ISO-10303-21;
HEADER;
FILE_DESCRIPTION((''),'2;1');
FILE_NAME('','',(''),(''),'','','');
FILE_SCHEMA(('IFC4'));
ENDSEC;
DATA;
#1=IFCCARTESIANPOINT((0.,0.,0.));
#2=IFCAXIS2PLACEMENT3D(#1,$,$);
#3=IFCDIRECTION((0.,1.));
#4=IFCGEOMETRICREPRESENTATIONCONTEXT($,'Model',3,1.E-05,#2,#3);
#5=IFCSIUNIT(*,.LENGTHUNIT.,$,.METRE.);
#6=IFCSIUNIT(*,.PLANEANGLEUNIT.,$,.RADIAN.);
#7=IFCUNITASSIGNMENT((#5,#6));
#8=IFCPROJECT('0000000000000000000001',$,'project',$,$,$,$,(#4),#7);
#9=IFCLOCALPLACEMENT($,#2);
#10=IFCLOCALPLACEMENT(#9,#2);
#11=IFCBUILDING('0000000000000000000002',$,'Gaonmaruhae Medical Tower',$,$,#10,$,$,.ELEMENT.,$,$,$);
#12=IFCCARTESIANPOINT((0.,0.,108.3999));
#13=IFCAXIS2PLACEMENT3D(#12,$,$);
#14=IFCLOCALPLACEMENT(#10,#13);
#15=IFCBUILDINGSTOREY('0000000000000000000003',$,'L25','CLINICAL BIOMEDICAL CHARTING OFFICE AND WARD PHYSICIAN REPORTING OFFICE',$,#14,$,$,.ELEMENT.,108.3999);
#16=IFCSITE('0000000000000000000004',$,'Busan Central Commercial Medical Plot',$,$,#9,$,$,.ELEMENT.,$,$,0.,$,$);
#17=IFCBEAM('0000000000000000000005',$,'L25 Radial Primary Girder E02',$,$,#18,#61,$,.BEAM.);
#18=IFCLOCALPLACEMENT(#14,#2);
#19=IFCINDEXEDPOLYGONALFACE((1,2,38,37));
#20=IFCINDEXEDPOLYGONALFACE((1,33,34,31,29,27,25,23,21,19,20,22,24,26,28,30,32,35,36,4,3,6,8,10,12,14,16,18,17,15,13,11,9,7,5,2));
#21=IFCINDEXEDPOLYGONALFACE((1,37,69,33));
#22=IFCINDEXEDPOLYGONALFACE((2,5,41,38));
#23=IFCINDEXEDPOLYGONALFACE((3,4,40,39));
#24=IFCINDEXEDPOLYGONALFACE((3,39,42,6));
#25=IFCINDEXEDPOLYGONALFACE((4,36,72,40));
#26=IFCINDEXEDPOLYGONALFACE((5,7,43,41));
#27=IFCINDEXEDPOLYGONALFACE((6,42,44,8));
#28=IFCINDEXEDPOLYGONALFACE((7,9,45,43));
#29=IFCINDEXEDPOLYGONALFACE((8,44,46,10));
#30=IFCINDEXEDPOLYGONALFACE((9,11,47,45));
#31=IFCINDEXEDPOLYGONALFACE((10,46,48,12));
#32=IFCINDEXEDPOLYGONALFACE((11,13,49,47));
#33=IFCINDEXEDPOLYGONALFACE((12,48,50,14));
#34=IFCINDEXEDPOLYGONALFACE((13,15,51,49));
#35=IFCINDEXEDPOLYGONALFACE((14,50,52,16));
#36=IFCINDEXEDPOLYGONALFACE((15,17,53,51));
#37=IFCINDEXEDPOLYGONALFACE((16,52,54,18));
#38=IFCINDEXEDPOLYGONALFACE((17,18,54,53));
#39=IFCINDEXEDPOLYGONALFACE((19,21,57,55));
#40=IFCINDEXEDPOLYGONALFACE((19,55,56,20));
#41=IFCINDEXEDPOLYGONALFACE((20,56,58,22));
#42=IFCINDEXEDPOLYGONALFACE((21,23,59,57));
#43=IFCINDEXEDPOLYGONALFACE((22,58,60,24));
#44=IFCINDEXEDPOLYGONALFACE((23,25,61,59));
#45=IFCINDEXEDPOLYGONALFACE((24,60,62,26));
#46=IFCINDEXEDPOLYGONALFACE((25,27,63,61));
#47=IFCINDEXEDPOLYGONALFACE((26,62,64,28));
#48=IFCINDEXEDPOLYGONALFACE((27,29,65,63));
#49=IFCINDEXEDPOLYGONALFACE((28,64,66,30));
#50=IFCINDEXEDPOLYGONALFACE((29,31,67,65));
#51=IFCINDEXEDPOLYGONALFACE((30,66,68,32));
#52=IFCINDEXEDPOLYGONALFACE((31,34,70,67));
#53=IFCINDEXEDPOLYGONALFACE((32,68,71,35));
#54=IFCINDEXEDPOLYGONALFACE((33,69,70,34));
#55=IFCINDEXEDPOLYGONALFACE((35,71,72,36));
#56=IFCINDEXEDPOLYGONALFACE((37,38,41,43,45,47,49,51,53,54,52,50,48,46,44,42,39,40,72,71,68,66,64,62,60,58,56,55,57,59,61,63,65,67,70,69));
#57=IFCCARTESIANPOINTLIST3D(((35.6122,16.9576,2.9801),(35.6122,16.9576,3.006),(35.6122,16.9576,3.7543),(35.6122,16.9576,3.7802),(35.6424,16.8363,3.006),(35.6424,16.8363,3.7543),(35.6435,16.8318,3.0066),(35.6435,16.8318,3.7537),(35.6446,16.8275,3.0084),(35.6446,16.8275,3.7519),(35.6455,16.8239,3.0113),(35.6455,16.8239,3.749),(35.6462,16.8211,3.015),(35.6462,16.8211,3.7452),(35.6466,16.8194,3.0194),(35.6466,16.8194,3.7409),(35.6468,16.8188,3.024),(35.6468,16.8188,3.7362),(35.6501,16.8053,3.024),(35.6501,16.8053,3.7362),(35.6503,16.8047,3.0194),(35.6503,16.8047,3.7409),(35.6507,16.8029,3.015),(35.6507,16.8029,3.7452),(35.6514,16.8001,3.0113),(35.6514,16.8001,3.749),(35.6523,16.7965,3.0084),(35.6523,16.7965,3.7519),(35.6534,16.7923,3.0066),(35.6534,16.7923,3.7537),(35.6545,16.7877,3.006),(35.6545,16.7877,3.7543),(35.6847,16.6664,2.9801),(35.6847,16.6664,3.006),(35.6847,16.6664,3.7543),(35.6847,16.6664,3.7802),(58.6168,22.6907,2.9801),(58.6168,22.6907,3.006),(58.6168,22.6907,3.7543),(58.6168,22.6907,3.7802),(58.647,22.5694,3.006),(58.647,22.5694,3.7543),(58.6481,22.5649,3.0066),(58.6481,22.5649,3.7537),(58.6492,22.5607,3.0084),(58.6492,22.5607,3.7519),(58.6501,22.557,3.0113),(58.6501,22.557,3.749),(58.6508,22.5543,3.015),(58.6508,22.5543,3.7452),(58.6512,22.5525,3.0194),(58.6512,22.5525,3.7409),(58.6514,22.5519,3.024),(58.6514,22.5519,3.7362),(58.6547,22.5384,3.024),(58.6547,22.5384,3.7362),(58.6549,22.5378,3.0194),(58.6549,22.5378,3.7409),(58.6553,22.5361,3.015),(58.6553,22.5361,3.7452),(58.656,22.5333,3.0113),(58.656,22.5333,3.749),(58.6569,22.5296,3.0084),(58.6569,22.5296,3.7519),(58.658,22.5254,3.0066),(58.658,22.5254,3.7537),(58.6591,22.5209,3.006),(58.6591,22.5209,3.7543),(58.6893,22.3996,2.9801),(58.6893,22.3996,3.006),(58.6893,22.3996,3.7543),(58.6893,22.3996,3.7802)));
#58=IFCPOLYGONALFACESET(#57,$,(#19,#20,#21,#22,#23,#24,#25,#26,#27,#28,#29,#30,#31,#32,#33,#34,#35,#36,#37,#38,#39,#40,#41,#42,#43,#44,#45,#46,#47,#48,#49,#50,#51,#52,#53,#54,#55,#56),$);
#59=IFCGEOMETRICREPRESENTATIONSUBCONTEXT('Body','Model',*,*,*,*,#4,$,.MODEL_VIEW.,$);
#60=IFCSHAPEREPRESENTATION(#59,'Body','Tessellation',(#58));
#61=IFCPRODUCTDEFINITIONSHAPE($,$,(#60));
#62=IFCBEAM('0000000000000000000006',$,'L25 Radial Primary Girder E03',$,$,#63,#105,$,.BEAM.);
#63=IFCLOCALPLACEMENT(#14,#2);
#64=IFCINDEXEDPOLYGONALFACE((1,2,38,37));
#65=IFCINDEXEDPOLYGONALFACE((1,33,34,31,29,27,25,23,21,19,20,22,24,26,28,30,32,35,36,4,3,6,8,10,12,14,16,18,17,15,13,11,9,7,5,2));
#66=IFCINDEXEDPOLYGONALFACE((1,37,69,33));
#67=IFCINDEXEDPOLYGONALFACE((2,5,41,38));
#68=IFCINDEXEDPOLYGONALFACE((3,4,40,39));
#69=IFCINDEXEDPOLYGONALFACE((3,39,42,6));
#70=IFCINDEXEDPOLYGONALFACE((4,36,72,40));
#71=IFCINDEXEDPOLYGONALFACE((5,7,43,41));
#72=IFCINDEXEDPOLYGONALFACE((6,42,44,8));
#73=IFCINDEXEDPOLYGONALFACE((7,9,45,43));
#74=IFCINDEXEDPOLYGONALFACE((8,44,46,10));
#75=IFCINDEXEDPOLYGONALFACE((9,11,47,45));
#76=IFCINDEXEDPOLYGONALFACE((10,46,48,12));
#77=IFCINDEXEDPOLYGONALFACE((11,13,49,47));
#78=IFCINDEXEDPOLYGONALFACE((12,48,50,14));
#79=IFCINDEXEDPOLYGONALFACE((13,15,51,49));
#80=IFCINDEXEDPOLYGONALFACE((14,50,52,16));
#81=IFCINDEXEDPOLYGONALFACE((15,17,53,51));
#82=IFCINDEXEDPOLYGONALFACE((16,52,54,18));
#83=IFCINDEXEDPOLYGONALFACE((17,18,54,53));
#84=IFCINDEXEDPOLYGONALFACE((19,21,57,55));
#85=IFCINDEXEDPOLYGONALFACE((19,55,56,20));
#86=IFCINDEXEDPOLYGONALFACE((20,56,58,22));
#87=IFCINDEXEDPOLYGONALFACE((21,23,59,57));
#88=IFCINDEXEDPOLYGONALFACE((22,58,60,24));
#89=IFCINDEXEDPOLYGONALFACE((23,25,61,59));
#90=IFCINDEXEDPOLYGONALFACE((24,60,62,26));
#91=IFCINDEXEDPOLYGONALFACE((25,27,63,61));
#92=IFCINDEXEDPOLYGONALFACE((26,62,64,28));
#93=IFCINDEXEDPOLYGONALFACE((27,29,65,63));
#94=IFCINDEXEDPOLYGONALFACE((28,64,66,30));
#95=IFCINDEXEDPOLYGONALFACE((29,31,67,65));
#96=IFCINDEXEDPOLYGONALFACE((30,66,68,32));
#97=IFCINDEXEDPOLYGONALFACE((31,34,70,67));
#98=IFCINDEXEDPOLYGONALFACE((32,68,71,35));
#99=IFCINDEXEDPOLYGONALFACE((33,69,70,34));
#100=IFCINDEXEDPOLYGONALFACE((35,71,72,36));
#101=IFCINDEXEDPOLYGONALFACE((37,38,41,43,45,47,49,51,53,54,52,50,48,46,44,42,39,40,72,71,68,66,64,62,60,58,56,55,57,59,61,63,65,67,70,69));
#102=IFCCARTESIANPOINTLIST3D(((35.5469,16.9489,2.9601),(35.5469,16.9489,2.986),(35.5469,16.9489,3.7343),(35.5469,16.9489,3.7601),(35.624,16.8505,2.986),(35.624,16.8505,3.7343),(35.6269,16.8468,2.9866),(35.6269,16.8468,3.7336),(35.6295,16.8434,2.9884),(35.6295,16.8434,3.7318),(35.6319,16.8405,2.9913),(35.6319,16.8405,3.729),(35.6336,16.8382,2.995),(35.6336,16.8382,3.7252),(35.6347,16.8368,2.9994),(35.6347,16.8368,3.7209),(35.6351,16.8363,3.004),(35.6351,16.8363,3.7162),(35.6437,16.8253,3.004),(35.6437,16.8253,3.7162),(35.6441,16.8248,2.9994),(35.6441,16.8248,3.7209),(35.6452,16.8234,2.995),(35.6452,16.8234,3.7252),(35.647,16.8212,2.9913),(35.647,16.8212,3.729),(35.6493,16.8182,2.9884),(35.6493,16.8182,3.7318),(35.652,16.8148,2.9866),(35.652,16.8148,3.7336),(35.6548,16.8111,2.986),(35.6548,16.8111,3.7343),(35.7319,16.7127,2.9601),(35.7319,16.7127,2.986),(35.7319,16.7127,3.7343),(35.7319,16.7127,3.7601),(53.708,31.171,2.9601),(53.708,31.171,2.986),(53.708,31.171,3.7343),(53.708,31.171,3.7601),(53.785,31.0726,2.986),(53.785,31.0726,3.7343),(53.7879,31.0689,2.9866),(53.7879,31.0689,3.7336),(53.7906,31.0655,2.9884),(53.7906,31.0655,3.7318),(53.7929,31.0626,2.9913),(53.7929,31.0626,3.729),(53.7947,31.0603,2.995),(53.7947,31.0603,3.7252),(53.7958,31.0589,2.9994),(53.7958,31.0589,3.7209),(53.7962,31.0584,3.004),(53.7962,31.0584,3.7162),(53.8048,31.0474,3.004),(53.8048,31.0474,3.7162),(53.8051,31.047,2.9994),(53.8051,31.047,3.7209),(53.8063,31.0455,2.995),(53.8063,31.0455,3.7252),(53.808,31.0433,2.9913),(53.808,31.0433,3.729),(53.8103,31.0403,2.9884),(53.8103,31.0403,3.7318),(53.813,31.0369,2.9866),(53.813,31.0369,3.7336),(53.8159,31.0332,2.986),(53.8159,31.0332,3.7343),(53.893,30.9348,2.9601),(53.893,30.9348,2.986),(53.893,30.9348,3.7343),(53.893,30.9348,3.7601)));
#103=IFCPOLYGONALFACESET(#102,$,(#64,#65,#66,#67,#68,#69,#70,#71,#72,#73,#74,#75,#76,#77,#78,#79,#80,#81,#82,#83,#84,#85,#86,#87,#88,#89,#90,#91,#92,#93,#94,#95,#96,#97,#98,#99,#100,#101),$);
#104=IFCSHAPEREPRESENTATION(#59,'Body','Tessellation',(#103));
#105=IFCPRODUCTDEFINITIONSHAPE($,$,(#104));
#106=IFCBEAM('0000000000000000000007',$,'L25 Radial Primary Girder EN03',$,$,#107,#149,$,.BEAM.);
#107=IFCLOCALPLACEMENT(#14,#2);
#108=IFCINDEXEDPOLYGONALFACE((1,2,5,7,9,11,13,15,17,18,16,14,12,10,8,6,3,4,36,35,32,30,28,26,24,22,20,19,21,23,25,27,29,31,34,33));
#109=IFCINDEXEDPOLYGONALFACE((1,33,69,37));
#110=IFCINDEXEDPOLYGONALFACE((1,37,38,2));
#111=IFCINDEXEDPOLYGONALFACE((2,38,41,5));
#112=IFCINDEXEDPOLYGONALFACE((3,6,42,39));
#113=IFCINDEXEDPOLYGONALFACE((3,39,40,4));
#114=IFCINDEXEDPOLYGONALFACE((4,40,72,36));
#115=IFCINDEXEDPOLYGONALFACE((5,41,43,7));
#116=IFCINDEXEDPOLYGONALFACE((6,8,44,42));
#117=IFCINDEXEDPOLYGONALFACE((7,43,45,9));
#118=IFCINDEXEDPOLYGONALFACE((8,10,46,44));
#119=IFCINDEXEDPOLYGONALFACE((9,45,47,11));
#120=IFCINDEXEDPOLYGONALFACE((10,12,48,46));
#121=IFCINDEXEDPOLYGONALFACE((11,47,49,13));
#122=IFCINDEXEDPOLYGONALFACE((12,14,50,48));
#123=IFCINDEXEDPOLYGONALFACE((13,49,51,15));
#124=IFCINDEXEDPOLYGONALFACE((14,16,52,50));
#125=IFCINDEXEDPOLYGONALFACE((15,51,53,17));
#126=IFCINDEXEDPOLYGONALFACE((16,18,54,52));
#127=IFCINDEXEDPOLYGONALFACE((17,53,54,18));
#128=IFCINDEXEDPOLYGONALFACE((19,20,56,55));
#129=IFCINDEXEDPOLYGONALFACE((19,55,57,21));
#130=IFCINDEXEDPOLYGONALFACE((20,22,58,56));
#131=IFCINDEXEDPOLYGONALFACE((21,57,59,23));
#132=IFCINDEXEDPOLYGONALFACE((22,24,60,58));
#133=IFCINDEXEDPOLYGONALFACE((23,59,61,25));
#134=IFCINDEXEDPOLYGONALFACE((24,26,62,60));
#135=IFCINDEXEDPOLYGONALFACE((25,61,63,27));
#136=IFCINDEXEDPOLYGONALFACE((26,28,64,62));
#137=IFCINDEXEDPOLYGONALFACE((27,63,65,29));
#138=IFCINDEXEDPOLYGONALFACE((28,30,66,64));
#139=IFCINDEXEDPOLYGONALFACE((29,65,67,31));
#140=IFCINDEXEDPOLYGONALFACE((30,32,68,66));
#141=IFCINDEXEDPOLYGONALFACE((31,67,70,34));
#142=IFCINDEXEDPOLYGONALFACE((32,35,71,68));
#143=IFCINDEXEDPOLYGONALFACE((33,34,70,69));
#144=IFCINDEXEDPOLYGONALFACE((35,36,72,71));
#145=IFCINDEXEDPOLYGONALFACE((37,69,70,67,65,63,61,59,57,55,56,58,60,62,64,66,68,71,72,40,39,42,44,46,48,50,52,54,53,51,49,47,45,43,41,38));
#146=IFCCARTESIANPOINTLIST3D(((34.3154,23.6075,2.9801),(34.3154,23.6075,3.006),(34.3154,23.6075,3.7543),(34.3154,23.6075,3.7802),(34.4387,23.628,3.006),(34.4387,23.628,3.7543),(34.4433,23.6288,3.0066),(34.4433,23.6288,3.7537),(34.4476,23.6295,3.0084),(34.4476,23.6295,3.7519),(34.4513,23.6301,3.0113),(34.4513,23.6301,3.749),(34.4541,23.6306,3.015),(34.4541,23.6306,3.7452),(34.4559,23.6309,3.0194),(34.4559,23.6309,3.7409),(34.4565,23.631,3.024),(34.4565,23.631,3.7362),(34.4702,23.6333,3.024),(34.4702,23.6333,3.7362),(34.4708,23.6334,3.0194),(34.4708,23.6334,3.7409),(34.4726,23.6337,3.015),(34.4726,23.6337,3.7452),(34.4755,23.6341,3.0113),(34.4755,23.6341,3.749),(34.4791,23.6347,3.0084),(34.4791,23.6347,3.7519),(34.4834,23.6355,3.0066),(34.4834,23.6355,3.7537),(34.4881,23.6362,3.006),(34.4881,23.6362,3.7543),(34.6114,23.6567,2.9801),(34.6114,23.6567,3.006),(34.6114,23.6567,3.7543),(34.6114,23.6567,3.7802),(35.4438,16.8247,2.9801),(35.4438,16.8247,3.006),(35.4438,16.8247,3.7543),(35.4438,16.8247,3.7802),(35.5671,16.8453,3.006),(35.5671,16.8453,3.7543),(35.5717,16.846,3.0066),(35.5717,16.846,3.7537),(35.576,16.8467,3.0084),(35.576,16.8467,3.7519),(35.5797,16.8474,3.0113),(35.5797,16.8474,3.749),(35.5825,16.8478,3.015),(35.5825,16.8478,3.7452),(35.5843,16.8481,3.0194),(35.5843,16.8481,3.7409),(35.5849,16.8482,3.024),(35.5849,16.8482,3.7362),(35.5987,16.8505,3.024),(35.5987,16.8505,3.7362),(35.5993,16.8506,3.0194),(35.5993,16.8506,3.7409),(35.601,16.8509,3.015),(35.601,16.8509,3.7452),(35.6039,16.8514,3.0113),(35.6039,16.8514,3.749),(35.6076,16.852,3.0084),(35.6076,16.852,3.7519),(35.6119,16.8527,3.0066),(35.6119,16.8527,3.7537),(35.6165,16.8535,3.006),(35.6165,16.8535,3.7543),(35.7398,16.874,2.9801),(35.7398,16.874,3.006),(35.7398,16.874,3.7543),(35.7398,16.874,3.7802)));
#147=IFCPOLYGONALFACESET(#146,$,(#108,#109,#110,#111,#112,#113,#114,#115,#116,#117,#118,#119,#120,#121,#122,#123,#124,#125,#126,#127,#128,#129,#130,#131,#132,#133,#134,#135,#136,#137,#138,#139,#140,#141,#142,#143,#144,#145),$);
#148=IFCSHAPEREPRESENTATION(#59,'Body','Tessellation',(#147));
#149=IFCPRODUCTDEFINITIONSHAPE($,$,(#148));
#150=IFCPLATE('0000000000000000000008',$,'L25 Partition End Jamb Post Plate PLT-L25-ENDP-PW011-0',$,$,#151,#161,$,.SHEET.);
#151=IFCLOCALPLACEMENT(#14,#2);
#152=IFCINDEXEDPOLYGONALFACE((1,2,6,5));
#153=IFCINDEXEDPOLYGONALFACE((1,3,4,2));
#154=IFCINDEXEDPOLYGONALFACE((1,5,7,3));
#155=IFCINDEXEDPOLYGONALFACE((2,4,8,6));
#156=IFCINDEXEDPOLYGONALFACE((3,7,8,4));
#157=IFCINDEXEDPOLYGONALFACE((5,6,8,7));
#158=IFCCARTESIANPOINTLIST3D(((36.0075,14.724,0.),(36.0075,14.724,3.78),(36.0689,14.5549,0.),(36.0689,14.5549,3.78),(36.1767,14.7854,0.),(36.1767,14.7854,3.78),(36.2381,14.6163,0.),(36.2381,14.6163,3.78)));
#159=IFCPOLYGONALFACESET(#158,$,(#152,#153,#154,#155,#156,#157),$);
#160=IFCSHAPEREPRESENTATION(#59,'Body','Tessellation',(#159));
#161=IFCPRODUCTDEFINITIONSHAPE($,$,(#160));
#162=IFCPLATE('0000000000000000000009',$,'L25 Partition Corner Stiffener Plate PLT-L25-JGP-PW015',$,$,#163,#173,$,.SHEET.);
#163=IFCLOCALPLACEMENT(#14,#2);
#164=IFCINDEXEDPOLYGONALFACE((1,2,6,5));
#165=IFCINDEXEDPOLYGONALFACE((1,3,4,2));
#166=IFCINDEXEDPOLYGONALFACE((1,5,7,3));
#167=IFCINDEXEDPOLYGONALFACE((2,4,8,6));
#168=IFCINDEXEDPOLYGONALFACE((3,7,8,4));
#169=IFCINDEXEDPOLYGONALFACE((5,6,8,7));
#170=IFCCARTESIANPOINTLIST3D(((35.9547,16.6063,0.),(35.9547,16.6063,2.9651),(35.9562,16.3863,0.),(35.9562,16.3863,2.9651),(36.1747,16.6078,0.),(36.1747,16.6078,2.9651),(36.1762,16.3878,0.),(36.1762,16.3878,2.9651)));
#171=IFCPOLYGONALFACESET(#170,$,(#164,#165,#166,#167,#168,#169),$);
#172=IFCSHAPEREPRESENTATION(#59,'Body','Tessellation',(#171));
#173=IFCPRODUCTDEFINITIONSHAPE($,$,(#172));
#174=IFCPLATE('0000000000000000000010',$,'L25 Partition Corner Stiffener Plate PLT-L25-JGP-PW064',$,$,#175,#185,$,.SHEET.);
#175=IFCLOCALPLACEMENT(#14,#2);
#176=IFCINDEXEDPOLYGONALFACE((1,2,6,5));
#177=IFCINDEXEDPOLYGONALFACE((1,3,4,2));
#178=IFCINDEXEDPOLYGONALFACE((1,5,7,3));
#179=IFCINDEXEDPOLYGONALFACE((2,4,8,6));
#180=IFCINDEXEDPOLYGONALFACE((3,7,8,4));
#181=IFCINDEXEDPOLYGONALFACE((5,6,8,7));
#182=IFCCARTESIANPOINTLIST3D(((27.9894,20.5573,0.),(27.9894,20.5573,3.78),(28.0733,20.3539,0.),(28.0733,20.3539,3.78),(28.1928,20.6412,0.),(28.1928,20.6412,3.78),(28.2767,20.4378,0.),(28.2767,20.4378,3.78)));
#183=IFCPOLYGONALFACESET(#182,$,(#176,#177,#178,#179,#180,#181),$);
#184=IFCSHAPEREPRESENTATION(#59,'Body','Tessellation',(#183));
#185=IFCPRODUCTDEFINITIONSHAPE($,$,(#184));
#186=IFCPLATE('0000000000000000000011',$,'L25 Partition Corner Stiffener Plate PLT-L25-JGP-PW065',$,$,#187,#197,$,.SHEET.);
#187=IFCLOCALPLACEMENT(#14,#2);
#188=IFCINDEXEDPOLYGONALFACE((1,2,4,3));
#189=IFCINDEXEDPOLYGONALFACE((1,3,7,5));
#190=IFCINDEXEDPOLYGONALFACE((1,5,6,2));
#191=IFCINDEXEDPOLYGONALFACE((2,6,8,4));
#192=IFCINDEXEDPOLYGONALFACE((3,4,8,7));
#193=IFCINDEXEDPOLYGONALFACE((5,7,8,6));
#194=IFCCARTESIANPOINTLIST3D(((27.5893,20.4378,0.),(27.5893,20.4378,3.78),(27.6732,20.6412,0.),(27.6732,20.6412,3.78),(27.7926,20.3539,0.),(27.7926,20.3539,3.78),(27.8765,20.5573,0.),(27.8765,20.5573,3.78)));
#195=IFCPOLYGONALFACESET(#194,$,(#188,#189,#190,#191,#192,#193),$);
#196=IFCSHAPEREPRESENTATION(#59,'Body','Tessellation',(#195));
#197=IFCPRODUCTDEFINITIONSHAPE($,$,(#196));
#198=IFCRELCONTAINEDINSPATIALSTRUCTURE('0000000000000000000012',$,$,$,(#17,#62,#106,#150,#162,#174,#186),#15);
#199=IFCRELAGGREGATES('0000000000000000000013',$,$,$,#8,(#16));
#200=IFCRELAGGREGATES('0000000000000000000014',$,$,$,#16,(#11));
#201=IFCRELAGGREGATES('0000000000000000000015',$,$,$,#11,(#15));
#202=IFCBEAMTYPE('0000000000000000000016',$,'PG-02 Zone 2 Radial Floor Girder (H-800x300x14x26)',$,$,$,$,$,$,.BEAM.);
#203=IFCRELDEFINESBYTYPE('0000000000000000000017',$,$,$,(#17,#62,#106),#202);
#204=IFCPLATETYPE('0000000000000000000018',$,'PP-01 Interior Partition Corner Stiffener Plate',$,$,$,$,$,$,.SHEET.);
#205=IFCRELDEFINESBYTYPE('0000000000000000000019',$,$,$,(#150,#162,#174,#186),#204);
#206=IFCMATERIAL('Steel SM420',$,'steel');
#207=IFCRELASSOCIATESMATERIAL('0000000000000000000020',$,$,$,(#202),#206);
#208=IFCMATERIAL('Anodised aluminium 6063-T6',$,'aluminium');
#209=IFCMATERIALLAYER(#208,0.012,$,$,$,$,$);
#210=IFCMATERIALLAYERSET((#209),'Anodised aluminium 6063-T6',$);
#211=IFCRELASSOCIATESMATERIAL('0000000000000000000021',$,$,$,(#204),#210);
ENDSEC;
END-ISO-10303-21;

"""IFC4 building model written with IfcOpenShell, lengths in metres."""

from ifc_helpers import new_model, si_unit, direction, frame, origin, origin_2d, place, context, subcontext, project, spatial, rectangle, i_section, extrude, material, layer, layer_set, material_profile, profile_set, type_object, element, save


model = new_model("IFC4")

# Units and contexts
model_context = context("Model", 3, precision=1e-05, world=origin(), true_north=direction((0.0, 1.0)))
body_context = subcontext(model_context, "Body", "Model", "MODEL_VIEW")
ifc_project = project(units=[si_unit("LENGTHUNIT", "METRE"), si_unit("PLANEANGLEUNIT", "RADIAN")], contexts=[model_context])

# Site, building, storey
site_placement = place(None, origin())
site = spatial("IfcSite", under=ifc_project, at=site_placement, Name="Busan Central Commercial Medical Plot", CompositionType="ELEMENT", RefElevation=0.0)
building_placement = place(site_placement, origin())
building = spatial("IfcBuilding", under=site, at=building_placement, Name="Gaonmaruhae Medical Tower", CompositionType="ELEMENT")
storey_placement = place(building_placement, frame((0.0, 0.0, 108.3999)))
storey = spatial("IfcBuildingStorey", under=building, at=storey_placement, Name="L25", Description="CLINICAL BIOMEDICAL CHARTING OFFICE AND WARD PHYSICIAN REPORTING OFFICE", CompositionType="ELEMENT", Elevation=108.3999)

# Beams
ifc_material_1 = material(Name="Steel SM420", Category="steel")
ifc_material_profile_1 = material_profile(ifc_material_1, i_section(OverallWidth=0.3, OverallDepth=0.8, WebThickness=0.0139, FlangeThickness=0.0259, FilletRadius=0.0181, at=origin_2d()), Name="H-800x300x14x26")
ifc_profile_set_1 = profile_set([ifc_material_profile_1], Name="Steel SM420")
beam_type_1 = type_object("IfcBeamType", Name="PG-02 Zone 2 Radial Floor Girder (H-800x300x14x26)", PredefinedType="BEAM", material=ifc_profile_set_1)
beam_1_placement = place(storey_placement, frame((35.6484, 16.812, 3.3801), z_axis=(0.970321, 0.241821, 0.0), x_axis=(-0.241821, 0.970321, 0.0)))
element("IfcBeam", 1, at=beam_1_placement, inside=storey, type_object=beam_type_1, Name="L25 Radial Primary Girder E02", PredefinedType="BEAM", context=body_context, shape_type="SweptSolid", body=[
    extrude(i_section(OverallWidth=0.3, OverallDepth=0.8, WebThickness=0.0139, FlangeThickness=0.0259, FilletRadius=0.0181, at=origin_2d()), origin(), (0.0, 0.0, 1.0), 23.7083),
])
beam_2_placement = place(storey_placement, frame((35.6394, 16.8308, 3.3601), z_axis=(0.787313, 0.616553, 0.0), x_axis=(-0.616553, 0.787313, 0.0)))
element("IfcBeam", 2, at=beam_2_placement, inside=storey, type_object=beam_type_1, Name="L25 Radial Primary Girder E03", PredefinedType="BEAM", context=body_context, shape_type="SweptSolid", body=[
    extrude(i_section(OverallWidth=0.3, OverallDepth=0.8, WebThickness=0.0139, FlangeThickness=0.0259, FilletRadius=0.0181, at=origin_2d()), origin(), (0.0, 0.0, 1.0), 23.0671),
])
beam_3_placement = place(storey_placement, frame((35.5918, 16.8494, 3.3801), z_axis=(-0.164111, 0.986442, 0.0), x_axis=(-0.986442, -0.164111, 0.0)))
element("IfcBeam", 3, at=beam_3_placement, inside=storey, type_object=beam_type_1, Name="L25 Radial Primary Girder EN03", PredefinedType="BEAM", context=body_context, shape_type="SweptSolid", body=[
    extrude(i_section(OverallWidth=0.3, OverallDepth=0.8, WebThickness=0.0139, FlangeThickness=0.0259, FilletRadius=0.0181, at=origin_2d()), origin(), (0.0, 0.0, 1.0), 6.876),
])

# Plates
ifc_material_2 = material(Name="Anodised aluminium 6063-T6", Category="aluminium")
ifc_layer_1 = layer(ifc_material_2, 0.012)
ifc_layer_set_1 = layer_set([ifc_layer_1], Name="Anodised aluminium 6063-T6")
plate_type = type_object("IfcPlateType", Name="PP-01 Interior Partition Corner Stiffener Plate", PredefinedType="SHEET", material=ifc_layer_set_1)
plate_1_placement = place(storey_placement, frame((36.1228, 14.6702, 0.0), z_axis=(0.0, 0.0, 1.0), x_axis=(0.341216, -0.939985, 0.0)))
element("IfcPlate", 4, at=plate_1_placement, inside=storey, type_object=plate_type, Name="L25 Partition End Jamb Post Plate PLT-L25-ENDP-PW011-0", PredefinedType="SHEET", context=body_context, shape_type="SweptSolid", body=[
    extrude(rectangle(XDim=0.1799, YDim=0.1799, at=origin_2d()), origin(), (0.0, 0.0, 1.0), 3.78),
])
plate_2_placement = place(storey_placement, frame((36.0654, 16.4971, 0.0), z_axis=(0.0, 0.0, 1.0), x_axis=(0.999976, 0.006911, 0.0)))
element("IfcPlate", 5, at=plate_2_placement, inside=storey, type_object=plate_type, Name="L25 Partition Corner Stiffener Plate PLT-L25-JGP-PW015", PredefinedType="SHEET", context=body_context, shape_type="SweptSolid", body=[
    extrude(rectangle(XDim=0.22, YDim=0.22, at=origin_2d()), origin(), (0.0, 0.0, 1.0), 2.9651),
])
for number, where, z_axis, x_axis, name in (
    (6, (28.1331, 20.4976, 0.0), (0.0, 0.0, 1.0), (-0.92444, -0.381329, 0.0), "L25 Partition Corner Stiffener Plate PLT-L25-JGP-PW064"),
    (7, (27.7329, 20.4976, 0.0), (0.0, 0.0, 1.0), (-0.92444, 0.381329, 0.0), "L25 Partition Corner Stiffener Plate PLT-L25-JGP-PW065"),
):
    element("IfcPlate", number, at=place(storey_placement, frame(where, z_axis=z_axis, x_axis=x_axis)), inside=storey, type_object=plate_type, Name=name, PredefinedType="SHEET", context=body_context, shape_type="SweptSolid", body=[
        extrude(rectangle(XDim=0.22, YDim=0.22, at=origin_2d()), origin(), (0.0, 0.0, 1.0), 3.78),
    ])

save(model, "model.ifc")
